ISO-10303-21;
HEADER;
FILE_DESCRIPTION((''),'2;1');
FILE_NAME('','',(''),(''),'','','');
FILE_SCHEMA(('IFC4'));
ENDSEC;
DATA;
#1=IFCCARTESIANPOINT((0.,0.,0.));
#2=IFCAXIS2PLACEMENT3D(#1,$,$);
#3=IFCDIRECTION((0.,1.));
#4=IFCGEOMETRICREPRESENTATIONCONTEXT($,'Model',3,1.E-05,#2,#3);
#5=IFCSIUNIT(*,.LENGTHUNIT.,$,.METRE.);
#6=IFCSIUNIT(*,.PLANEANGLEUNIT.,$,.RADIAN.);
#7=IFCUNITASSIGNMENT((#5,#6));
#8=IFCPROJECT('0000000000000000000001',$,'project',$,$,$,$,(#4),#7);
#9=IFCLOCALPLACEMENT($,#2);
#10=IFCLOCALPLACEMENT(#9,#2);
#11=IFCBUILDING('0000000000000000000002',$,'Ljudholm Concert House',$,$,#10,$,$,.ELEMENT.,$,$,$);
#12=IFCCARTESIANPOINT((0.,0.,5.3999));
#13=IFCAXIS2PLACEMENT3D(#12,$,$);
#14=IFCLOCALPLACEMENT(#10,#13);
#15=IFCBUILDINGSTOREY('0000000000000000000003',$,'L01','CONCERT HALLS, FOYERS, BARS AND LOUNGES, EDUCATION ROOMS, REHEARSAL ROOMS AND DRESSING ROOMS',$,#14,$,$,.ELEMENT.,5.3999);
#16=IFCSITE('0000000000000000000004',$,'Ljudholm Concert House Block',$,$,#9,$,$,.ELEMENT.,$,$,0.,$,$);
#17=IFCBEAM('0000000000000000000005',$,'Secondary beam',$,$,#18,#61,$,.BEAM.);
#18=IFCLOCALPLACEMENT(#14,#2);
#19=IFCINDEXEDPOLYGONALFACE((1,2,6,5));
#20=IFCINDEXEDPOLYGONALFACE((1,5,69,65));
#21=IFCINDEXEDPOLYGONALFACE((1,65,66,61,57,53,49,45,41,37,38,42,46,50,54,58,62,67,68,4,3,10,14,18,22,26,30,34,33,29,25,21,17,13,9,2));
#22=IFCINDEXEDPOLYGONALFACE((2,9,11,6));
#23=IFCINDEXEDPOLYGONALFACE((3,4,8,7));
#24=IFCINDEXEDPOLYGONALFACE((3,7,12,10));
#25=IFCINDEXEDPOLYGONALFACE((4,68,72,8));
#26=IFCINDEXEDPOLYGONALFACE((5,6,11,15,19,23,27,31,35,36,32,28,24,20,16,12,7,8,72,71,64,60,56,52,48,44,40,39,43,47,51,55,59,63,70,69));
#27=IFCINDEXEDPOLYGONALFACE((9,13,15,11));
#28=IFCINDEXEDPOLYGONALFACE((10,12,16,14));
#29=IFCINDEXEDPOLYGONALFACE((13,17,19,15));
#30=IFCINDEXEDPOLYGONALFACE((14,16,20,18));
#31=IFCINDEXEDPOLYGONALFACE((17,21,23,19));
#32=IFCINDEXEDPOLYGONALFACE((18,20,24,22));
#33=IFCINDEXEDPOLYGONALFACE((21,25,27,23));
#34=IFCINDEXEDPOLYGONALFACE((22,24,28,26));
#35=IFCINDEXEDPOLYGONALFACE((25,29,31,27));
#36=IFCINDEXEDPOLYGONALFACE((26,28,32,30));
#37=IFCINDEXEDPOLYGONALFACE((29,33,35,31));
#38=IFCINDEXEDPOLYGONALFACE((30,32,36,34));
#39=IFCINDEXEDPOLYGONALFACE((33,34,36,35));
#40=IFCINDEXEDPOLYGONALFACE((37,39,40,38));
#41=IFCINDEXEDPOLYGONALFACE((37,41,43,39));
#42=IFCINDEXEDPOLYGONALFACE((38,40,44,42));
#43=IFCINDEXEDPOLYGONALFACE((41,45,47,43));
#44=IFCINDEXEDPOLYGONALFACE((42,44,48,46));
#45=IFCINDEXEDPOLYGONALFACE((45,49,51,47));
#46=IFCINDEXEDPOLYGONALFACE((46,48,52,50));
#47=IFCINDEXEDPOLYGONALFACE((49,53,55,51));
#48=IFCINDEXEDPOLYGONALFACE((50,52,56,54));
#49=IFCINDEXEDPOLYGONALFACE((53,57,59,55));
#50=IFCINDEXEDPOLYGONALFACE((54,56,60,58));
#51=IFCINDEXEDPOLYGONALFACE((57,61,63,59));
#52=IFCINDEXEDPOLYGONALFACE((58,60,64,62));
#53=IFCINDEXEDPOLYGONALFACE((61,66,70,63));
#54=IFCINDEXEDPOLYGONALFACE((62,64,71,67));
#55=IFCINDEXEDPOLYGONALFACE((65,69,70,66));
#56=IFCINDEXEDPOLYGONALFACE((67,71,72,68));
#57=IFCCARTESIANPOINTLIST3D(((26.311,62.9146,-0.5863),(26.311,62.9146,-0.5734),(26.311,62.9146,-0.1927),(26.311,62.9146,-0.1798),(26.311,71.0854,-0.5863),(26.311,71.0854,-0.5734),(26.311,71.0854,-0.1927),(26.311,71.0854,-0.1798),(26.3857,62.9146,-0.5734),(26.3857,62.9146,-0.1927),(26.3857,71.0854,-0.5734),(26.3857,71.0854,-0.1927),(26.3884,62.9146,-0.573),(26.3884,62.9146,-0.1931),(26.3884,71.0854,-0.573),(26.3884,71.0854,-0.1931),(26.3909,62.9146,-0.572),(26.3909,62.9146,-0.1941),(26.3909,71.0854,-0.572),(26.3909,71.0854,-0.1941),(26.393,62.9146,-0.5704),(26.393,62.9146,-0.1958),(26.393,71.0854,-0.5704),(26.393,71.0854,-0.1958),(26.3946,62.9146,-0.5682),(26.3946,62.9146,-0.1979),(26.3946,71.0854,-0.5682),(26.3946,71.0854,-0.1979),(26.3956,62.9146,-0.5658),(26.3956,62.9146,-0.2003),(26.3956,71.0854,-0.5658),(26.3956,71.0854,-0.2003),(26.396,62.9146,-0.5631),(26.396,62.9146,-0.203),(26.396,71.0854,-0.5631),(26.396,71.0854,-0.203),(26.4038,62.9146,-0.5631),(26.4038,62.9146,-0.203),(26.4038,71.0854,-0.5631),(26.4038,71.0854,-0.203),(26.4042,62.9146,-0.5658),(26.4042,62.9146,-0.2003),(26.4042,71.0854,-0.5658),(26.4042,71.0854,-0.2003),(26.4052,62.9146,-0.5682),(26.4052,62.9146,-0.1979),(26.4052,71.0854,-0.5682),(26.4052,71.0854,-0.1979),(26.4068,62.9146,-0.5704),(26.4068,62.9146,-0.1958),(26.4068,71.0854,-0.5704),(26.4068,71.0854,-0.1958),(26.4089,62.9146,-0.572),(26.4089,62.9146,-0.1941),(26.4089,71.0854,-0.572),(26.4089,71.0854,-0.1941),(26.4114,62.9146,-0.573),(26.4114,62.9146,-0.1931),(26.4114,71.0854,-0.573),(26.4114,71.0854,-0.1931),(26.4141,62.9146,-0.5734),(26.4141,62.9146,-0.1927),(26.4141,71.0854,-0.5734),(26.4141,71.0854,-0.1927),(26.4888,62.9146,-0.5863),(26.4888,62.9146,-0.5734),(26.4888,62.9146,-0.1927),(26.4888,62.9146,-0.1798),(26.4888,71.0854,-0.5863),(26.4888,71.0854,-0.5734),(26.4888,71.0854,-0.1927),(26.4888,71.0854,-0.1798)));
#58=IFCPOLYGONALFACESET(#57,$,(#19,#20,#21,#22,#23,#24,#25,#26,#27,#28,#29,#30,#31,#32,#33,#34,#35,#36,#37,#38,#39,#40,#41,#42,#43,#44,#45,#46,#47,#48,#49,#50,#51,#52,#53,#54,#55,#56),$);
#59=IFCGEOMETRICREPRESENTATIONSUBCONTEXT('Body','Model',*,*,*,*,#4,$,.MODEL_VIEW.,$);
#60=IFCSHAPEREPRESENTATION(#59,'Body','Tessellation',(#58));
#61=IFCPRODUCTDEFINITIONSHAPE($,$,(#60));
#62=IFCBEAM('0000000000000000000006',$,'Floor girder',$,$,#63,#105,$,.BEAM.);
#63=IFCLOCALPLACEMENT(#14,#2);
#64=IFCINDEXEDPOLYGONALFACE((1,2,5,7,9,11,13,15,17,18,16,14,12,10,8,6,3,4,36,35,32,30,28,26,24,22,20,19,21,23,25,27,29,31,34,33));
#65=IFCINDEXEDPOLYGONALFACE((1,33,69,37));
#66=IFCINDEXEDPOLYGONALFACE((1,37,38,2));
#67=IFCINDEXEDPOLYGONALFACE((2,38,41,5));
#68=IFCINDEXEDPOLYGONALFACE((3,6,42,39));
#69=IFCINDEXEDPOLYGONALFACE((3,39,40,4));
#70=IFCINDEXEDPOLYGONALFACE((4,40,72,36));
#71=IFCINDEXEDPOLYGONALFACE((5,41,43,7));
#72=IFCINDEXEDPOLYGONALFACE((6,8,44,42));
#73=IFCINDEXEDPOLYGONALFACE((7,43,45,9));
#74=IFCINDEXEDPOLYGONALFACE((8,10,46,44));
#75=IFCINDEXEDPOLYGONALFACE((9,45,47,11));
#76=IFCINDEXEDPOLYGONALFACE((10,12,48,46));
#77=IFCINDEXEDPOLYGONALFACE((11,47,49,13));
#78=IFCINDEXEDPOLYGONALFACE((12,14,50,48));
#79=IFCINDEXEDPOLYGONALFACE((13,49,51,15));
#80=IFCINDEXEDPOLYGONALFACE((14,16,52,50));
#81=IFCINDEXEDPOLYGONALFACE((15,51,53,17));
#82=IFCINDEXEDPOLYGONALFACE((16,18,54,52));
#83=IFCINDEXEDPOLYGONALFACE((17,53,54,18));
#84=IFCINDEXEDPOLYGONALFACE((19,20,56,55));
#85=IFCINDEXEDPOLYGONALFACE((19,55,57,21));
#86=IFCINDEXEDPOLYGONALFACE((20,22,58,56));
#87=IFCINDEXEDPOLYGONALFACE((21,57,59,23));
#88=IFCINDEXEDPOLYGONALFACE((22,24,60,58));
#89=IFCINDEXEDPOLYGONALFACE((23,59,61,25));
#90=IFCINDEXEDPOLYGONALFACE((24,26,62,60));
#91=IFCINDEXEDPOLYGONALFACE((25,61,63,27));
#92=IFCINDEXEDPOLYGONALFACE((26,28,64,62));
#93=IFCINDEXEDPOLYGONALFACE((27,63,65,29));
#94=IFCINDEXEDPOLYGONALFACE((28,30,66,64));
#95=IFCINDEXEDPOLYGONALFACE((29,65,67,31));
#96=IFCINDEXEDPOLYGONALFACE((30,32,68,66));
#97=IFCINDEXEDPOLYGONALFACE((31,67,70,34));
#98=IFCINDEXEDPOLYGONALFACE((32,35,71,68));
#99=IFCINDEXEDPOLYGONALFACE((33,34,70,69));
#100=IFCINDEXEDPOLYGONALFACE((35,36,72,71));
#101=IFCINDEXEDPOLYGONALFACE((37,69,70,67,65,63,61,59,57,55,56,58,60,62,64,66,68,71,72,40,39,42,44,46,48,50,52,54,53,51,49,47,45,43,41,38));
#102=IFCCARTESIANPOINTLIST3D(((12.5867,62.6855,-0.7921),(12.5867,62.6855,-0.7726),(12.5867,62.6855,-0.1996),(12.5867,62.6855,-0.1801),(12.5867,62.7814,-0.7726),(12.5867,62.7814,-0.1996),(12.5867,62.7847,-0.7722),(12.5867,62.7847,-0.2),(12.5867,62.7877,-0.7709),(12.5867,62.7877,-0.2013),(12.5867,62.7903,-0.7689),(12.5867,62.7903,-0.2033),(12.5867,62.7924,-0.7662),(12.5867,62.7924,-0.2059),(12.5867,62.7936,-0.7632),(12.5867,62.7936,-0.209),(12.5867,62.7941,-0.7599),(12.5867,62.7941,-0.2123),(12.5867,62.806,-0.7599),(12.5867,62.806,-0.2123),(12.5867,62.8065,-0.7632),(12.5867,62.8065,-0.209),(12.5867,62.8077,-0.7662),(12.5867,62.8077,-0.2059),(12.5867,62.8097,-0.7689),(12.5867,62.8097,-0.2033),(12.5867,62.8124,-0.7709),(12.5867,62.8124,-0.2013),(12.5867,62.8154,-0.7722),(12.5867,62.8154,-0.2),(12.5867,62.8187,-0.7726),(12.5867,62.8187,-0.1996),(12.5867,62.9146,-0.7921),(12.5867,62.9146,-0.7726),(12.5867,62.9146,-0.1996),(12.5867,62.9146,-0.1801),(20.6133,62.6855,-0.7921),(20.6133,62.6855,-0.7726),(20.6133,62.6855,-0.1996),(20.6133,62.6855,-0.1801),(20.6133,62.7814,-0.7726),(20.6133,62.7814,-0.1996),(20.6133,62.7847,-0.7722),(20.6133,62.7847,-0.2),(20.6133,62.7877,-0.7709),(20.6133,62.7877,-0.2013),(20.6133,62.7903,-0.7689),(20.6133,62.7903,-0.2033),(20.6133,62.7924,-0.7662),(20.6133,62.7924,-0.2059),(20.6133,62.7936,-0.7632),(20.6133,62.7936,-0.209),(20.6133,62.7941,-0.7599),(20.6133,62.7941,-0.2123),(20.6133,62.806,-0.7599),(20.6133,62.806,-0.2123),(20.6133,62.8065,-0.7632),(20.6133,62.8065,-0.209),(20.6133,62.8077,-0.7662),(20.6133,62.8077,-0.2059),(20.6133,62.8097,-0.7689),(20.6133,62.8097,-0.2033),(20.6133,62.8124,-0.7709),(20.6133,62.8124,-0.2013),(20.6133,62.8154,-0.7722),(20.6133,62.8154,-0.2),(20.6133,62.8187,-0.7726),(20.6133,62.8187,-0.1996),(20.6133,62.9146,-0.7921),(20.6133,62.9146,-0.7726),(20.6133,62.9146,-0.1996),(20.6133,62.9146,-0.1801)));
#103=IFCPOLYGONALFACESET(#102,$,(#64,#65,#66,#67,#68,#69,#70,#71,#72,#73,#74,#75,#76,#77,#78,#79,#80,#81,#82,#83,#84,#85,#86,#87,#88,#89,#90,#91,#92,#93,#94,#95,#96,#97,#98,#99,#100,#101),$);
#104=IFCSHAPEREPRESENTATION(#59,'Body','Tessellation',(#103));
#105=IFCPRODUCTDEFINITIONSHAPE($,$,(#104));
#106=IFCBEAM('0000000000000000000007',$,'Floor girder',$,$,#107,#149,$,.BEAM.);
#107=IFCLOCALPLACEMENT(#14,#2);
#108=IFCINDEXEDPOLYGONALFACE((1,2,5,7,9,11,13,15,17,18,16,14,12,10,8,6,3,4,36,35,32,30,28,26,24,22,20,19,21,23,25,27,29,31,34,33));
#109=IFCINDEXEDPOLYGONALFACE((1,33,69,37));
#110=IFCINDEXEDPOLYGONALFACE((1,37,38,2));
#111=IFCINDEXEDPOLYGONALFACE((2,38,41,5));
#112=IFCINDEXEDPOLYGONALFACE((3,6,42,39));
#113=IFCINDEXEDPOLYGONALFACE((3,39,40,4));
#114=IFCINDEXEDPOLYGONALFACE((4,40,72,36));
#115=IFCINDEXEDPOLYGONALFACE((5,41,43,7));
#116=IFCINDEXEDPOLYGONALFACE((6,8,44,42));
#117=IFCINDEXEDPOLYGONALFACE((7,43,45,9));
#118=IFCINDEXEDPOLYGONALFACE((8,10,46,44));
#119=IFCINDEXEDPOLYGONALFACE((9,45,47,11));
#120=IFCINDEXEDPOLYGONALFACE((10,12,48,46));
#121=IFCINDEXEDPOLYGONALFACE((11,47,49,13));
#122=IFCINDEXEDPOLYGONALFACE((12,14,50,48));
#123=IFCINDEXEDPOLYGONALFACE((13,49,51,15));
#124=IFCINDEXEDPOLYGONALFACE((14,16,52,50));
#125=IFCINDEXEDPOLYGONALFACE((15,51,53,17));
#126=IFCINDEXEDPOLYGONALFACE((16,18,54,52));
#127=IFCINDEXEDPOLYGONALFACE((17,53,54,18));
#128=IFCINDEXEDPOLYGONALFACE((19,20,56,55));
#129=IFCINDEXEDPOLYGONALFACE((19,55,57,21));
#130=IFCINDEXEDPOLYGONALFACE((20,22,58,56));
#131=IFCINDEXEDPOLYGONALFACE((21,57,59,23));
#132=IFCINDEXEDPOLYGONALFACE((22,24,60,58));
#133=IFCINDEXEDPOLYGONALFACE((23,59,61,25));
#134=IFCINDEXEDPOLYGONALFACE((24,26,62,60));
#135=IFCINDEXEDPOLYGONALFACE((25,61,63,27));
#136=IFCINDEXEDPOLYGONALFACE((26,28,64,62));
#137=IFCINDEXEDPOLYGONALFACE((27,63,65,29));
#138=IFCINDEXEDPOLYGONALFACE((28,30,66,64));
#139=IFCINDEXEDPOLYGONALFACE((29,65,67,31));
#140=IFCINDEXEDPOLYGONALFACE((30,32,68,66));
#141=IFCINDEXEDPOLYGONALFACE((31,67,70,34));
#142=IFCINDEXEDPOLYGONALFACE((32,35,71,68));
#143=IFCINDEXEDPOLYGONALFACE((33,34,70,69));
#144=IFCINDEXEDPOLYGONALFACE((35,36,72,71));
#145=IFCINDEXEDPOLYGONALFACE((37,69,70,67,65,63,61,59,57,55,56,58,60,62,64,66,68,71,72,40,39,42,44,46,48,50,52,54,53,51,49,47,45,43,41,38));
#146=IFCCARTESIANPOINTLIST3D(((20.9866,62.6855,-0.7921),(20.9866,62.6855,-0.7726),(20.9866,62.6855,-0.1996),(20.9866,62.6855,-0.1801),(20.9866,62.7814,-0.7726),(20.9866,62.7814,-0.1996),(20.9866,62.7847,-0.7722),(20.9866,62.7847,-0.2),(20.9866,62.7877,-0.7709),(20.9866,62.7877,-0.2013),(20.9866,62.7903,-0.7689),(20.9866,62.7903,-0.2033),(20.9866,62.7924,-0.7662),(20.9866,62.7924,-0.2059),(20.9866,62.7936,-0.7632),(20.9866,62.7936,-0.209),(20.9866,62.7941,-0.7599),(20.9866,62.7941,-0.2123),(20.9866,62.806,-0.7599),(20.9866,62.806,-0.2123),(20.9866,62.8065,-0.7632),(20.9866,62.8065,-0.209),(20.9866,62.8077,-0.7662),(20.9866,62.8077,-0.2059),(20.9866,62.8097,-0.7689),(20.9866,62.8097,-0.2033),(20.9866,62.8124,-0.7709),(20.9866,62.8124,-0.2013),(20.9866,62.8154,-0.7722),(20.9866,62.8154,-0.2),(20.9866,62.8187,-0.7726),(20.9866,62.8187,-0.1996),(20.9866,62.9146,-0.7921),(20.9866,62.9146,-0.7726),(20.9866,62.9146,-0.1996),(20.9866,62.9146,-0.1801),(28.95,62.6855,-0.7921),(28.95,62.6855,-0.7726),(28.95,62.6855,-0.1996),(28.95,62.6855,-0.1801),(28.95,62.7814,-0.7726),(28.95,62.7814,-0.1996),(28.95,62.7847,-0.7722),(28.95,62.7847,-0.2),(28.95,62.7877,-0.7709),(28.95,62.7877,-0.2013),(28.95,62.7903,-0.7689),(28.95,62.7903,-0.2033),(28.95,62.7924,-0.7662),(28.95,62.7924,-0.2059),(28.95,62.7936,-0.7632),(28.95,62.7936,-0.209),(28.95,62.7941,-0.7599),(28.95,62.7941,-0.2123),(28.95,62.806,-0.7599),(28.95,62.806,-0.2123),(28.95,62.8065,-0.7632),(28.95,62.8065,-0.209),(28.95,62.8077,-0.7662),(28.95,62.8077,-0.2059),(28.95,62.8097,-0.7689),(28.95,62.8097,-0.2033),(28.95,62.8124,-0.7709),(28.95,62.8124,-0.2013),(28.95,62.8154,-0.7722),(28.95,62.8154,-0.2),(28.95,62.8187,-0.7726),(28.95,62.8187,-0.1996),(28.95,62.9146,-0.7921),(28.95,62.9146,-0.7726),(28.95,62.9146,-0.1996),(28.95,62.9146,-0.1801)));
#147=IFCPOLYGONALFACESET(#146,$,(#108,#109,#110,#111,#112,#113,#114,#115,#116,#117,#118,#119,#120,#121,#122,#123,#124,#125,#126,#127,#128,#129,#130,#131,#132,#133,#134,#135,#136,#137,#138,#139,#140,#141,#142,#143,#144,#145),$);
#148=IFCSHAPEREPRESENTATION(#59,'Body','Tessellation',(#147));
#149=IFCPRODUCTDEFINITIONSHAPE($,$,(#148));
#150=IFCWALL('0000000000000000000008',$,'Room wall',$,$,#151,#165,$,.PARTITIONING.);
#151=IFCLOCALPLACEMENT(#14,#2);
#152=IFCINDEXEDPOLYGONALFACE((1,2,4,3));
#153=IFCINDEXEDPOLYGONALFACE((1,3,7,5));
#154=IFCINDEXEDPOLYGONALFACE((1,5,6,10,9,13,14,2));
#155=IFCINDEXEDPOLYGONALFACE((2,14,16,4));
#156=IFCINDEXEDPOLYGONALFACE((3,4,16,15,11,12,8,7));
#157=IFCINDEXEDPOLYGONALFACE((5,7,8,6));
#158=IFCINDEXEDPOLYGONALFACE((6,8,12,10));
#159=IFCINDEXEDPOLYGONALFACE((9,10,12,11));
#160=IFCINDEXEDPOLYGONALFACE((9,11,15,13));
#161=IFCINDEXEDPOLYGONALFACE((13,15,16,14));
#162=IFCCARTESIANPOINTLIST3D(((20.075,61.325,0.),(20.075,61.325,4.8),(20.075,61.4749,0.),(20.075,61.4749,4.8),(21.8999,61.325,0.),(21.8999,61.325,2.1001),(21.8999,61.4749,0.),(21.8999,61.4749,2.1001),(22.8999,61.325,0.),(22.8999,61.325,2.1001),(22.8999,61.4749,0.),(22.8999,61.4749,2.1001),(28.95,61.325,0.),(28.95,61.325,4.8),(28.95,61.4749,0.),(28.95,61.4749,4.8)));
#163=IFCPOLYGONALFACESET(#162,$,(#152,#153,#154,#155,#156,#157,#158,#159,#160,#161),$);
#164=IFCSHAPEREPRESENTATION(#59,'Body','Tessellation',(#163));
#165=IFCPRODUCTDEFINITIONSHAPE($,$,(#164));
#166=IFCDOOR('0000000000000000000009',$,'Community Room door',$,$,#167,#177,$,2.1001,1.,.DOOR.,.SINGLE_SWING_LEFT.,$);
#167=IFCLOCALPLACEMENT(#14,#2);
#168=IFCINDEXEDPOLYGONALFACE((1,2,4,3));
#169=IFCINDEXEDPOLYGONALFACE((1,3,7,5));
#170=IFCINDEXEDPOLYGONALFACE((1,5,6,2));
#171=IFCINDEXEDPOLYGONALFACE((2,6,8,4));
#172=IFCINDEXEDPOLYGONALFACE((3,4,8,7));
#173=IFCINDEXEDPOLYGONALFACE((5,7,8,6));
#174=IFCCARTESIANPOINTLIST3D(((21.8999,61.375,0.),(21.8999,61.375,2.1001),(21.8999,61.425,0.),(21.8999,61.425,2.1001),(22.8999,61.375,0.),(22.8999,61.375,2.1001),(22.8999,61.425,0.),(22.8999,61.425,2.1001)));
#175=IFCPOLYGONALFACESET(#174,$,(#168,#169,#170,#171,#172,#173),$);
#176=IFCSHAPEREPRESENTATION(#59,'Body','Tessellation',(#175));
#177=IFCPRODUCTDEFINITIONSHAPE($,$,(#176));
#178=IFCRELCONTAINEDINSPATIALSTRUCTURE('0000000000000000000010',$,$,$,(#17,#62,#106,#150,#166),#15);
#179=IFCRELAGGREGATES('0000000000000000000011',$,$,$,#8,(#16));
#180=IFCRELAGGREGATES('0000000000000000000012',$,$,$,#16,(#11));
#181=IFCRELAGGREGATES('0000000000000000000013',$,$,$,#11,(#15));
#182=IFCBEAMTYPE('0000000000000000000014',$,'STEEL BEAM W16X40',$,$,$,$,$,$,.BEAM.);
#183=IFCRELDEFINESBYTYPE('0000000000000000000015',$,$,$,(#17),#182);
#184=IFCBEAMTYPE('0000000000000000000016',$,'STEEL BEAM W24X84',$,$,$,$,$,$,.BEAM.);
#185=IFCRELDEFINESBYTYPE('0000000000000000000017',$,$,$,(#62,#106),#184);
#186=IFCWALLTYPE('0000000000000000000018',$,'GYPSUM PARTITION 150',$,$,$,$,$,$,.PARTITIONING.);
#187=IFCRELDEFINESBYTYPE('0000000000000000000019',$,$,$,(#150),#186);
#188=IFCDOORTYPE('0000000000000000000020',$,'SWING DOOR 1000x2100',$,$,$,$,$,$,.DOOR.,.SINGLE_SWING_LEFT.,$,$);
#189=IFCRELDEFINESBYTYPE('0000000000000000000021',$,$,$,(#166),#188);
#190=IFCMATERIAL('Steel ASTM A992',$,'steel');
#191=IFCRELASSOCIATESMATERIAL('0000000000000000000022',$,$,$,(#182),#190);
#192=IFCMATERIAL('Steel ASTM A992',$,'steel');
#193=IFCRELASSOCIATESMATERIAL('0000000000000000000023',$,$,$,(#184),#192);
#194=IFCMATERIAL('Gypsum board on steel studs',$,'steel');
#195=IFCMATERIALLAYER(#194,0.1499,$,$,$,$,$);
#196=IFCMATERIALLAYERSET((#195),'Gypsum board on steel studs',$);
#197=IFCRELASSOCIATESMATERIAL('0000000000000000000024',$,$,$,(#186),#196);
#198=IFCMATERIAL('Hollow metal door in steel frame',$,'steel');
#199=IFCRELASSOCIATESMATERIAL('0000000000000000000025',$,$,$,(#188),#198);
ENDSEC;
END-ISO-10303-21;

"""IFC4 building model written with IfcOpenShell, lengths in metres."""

from ifc_helpers import new_model, si_unit, direction, frame, frame_2d, origin, origin_2d, place, context, subcontext, project, spatial, rectangle, i_section, extrude, material, layer, layer_set, material_profile, profile_set, type_object, element, fill, save


model = new_model("IFC4")

# Units and contexts
model_context = context("Model", 3, precision=1e-05, world=origin(), true_north=direction((0.0, 1.0)))
body_context = subcontext(model_context, "Body", "Model", "MODEL_VIEW")
ifc_project = project(units=[si_unit("LENGTHUNIT", "METRE"), si_unit("PLANEANGLEUNIT", "RADIAN")], contexts=[model_context])

# Site, building, storey
site_placement = place(None, origin())
site = spatial("IfcSite", under=ifc_project, at=site_placement, Name="Ljudholm Concert House Block", CompositionType="ELEMENT", RefElevation=0.0)
building_placement = place(site_placement, origin())
building = spatial("IfcBuilding", under=site, at=building_placement, Name="Ljudholm Concert House", CompositionType="ELEMENT")
storey_placement = place(building_placement, frame((0.0, 0.0, 5.3999)))
storey = spatial("IfcBuildingStorey", under=building, at=storey_placement, Name="L01", Description="CONCERT HALLS, FOYERS, BARS AND LOUNGES, EDUCATION ROOMS, REHEARSAL ROOMS AND DRESSING ROOMS", CompositionType="ELEMENT", Elevation=5.3999)

# Beams
ifc_material_1 = material(Name="Steel ASTM A992", Category="steel")
ifc_material_profile_1 = material_profile(ifc_material_1, i_section(OverallWidth=0.1777, OverallDepth=0.4065, WebThickness=0.0078, FlangeThickness=0.0129, FilletRadius=0.0103, at=origin_2d()), Name="W16X40")
ifc_profile_set_1 = profile_set([ifc_material_profile_1], Name="Steel ASTM A992")
beam_type_1 = type_object("IfcBeamType", Name="STEEL BEAM W16X40", PredefinedType="BEAM", material=ifc_profile_set_1)
for number, where, z_axis, x_axis, name in (
    (1, (26.3999, 62.9146, -0.3831), (0.0, 1.0, 0.0), (-1.0, 0.0, 0.0), "Secondary beam"),
):
    element("IfcBeam", number, at=place(storey_placement, frame(where, z_axis=z_axis, x_axis=x_axis)), inside=storey, type_object=beam_type_1, Name=name, PredefinedType="BEAM", context=body_context, shape_type="SweptSolid", body=[
        extrude(i_section(OverallWidth=0.1777, OverallDepth=0.4065, WebThickness=0.0078, FlangeThickness=0.0129, FilletRadius=0.0103, at=origin_2d()), origin(), (0.0, 0.0, 1.0), 8.1709),
    ])
ifc_material_2 = material(Name="Steel ASTM A992", Category="steel")
ifc_material_profile_2 = material_profile(ifc_material_2, i_section(OverallWidth=0.229, OverallDepth=0.6121, WebThickness=0.012, FlangeThickness=0.0195, FilletRadius=0.0127, at=origin_2d()), Name="W24X84")
ifc_profile_set_2 = profile_set([ifc_material_profile_2], Name="Steel ASTM A992")
beam_type_2 = type_object("IfcBeamType", Name="STEEL BEAM W24X84", PredefinedType="BEAM", material=ifc_profile_set_2)
beam_1_placement = place(storey_placement, frame((12.5867, 62.8, -0.4861), z_axis=(1.0, 0.0, 0.0), x_axis=(0.0, 1.0, 0.0)))
element("IfcBeam", 2, at=beam_1_placement, inside=storey, type_object=beam_type_2, Name="Floor girder", PredefinedType="BEAM", context=body_context, shape_type="SweptSolid", body=[
    extrude(i_section(OverallWidth=0.229, OverallDepth=0.6121, WebThickness=0.012, FlangeThickness=0.0195, FilletRadius=0.0127, at=origin_2d()), origin(), (0.0, 0.0, 1.0), 8.0266),
])
beam_2_placement = place(storey_placement, frame((20.9866, 62.8, -0.4861), z_axis=(1.0, 0.0, 0.0), x_axis=(0.0, 1.0, 0.0)))
element("IfcBeam", 3, at=beam_2_placement, inside=storey, type_object=beam_type_2, Name="Floor girder", PredefinedType="BEAM", context=body_context, shape_type="SweptSolid", body=[
    extrude(i_section(OverallWidth=0.229, OverallDepth=0.6121, WebThickness=0.012, FlangeThickness=0.0195, FilletRadius=0.0127, at=origin_2d()), origin(), (0.0, 0.0, 1.0), 7.9634),
])

# Wall, opening, door
ifc_material_3 = material(Name="Gypsum board on steel studs", Category="steel")
ifc_layer_1 = layer(ifc_material_3, 0.1499)
ifc_layer_set_1 = layer_set([ifc_layer_1], Name="Gypsum board on steel studs")
wall_type_1 = type_object("IfcWallType", Name="GYPSUM PARTITION 150", PredefinedType="PARTITIONING", material=ifc_layer_set_1)
wall_1_placement = place(storey_placement, frame((20.075, 61.3999, 0.0), z_axis=(0.0, 0.0, 1.0), x_axis=(1.0, 0.0, 0.0)))
wall_1 = element("IfcWall", 4, at=wall_1_placement, inside=storey, type_object=wall_type_1, Name="Room wall", PredefinedType="PARTITIONING", context=body_context, shape_type="SweptSolid", body=[
    extrude(rectangle(XDim=8.875, YDim=0.1499, at=frame_2d((4.4375, 0.0))), origin(), (0.0, 0.0, 1.0), 4.8),
])
opening_1_placement = place(wall_1_placement, frame((1.825, 0.0, 0.0)))
opening_1 = element("IfcOpeningElement", 5, at=opening_1_placement, cuts=wall_1, PredefinedType="OPENING", context=body_context, shape_type="SweptSolid", body=[
    extrude(rectangle(XDim=1.0, YDim=2.1001, at=frame_2d((0.5, 1.05))), frame((0.0, 0.085, 0.0), z_axis=(0.0, -1.0, 0.0), x_axis=(1.0, 0.0, 0.0)), (0.0, 0.0, 1.0), 0.1699),
])
ifc_material_4 = material(Name="Hollow metal door in steel frame", Category="steel")
door_type_1 = type_object("IfcDoorType", Name="SWING DOOR 1000x2100", OperationType="SINGLE_SWING_LEFT", PredefinedType="DOOR", material=ifc_material_4)
door_1_placement = place(opening_1_placement, frame((1.0, 0.0, 0.0), z_axis=(0.0, 0.0, 1.0), x_axis=(-1.0, 0.0, 0.0)))
door_1 = element("IfcDoor", 6, at=door_1_placement, inside=storey, type_object=door_type_1, Name="Community Room door", OperationType="SINGLE_SWING_LEFT", OverallHeight=2.1001, OverallWidth=1.0, PredefinedType="DOOR", context=body_context, shape_type="SweptSolid", body=[
    extrude(rectangle(XDim=1.0, YDim=2.1001, at=frame_2d((0.5, 1.05))), frame((0.0, 0.0249, 0.0), z_axis=(0.0, -1.0, 0.0), x_axis=(1.0, 0.0, 0.0)), (0.0, 0.0, 1.0), 0.05),
])
fill(opening_1, door_1)

save(model, "model.ifc")
